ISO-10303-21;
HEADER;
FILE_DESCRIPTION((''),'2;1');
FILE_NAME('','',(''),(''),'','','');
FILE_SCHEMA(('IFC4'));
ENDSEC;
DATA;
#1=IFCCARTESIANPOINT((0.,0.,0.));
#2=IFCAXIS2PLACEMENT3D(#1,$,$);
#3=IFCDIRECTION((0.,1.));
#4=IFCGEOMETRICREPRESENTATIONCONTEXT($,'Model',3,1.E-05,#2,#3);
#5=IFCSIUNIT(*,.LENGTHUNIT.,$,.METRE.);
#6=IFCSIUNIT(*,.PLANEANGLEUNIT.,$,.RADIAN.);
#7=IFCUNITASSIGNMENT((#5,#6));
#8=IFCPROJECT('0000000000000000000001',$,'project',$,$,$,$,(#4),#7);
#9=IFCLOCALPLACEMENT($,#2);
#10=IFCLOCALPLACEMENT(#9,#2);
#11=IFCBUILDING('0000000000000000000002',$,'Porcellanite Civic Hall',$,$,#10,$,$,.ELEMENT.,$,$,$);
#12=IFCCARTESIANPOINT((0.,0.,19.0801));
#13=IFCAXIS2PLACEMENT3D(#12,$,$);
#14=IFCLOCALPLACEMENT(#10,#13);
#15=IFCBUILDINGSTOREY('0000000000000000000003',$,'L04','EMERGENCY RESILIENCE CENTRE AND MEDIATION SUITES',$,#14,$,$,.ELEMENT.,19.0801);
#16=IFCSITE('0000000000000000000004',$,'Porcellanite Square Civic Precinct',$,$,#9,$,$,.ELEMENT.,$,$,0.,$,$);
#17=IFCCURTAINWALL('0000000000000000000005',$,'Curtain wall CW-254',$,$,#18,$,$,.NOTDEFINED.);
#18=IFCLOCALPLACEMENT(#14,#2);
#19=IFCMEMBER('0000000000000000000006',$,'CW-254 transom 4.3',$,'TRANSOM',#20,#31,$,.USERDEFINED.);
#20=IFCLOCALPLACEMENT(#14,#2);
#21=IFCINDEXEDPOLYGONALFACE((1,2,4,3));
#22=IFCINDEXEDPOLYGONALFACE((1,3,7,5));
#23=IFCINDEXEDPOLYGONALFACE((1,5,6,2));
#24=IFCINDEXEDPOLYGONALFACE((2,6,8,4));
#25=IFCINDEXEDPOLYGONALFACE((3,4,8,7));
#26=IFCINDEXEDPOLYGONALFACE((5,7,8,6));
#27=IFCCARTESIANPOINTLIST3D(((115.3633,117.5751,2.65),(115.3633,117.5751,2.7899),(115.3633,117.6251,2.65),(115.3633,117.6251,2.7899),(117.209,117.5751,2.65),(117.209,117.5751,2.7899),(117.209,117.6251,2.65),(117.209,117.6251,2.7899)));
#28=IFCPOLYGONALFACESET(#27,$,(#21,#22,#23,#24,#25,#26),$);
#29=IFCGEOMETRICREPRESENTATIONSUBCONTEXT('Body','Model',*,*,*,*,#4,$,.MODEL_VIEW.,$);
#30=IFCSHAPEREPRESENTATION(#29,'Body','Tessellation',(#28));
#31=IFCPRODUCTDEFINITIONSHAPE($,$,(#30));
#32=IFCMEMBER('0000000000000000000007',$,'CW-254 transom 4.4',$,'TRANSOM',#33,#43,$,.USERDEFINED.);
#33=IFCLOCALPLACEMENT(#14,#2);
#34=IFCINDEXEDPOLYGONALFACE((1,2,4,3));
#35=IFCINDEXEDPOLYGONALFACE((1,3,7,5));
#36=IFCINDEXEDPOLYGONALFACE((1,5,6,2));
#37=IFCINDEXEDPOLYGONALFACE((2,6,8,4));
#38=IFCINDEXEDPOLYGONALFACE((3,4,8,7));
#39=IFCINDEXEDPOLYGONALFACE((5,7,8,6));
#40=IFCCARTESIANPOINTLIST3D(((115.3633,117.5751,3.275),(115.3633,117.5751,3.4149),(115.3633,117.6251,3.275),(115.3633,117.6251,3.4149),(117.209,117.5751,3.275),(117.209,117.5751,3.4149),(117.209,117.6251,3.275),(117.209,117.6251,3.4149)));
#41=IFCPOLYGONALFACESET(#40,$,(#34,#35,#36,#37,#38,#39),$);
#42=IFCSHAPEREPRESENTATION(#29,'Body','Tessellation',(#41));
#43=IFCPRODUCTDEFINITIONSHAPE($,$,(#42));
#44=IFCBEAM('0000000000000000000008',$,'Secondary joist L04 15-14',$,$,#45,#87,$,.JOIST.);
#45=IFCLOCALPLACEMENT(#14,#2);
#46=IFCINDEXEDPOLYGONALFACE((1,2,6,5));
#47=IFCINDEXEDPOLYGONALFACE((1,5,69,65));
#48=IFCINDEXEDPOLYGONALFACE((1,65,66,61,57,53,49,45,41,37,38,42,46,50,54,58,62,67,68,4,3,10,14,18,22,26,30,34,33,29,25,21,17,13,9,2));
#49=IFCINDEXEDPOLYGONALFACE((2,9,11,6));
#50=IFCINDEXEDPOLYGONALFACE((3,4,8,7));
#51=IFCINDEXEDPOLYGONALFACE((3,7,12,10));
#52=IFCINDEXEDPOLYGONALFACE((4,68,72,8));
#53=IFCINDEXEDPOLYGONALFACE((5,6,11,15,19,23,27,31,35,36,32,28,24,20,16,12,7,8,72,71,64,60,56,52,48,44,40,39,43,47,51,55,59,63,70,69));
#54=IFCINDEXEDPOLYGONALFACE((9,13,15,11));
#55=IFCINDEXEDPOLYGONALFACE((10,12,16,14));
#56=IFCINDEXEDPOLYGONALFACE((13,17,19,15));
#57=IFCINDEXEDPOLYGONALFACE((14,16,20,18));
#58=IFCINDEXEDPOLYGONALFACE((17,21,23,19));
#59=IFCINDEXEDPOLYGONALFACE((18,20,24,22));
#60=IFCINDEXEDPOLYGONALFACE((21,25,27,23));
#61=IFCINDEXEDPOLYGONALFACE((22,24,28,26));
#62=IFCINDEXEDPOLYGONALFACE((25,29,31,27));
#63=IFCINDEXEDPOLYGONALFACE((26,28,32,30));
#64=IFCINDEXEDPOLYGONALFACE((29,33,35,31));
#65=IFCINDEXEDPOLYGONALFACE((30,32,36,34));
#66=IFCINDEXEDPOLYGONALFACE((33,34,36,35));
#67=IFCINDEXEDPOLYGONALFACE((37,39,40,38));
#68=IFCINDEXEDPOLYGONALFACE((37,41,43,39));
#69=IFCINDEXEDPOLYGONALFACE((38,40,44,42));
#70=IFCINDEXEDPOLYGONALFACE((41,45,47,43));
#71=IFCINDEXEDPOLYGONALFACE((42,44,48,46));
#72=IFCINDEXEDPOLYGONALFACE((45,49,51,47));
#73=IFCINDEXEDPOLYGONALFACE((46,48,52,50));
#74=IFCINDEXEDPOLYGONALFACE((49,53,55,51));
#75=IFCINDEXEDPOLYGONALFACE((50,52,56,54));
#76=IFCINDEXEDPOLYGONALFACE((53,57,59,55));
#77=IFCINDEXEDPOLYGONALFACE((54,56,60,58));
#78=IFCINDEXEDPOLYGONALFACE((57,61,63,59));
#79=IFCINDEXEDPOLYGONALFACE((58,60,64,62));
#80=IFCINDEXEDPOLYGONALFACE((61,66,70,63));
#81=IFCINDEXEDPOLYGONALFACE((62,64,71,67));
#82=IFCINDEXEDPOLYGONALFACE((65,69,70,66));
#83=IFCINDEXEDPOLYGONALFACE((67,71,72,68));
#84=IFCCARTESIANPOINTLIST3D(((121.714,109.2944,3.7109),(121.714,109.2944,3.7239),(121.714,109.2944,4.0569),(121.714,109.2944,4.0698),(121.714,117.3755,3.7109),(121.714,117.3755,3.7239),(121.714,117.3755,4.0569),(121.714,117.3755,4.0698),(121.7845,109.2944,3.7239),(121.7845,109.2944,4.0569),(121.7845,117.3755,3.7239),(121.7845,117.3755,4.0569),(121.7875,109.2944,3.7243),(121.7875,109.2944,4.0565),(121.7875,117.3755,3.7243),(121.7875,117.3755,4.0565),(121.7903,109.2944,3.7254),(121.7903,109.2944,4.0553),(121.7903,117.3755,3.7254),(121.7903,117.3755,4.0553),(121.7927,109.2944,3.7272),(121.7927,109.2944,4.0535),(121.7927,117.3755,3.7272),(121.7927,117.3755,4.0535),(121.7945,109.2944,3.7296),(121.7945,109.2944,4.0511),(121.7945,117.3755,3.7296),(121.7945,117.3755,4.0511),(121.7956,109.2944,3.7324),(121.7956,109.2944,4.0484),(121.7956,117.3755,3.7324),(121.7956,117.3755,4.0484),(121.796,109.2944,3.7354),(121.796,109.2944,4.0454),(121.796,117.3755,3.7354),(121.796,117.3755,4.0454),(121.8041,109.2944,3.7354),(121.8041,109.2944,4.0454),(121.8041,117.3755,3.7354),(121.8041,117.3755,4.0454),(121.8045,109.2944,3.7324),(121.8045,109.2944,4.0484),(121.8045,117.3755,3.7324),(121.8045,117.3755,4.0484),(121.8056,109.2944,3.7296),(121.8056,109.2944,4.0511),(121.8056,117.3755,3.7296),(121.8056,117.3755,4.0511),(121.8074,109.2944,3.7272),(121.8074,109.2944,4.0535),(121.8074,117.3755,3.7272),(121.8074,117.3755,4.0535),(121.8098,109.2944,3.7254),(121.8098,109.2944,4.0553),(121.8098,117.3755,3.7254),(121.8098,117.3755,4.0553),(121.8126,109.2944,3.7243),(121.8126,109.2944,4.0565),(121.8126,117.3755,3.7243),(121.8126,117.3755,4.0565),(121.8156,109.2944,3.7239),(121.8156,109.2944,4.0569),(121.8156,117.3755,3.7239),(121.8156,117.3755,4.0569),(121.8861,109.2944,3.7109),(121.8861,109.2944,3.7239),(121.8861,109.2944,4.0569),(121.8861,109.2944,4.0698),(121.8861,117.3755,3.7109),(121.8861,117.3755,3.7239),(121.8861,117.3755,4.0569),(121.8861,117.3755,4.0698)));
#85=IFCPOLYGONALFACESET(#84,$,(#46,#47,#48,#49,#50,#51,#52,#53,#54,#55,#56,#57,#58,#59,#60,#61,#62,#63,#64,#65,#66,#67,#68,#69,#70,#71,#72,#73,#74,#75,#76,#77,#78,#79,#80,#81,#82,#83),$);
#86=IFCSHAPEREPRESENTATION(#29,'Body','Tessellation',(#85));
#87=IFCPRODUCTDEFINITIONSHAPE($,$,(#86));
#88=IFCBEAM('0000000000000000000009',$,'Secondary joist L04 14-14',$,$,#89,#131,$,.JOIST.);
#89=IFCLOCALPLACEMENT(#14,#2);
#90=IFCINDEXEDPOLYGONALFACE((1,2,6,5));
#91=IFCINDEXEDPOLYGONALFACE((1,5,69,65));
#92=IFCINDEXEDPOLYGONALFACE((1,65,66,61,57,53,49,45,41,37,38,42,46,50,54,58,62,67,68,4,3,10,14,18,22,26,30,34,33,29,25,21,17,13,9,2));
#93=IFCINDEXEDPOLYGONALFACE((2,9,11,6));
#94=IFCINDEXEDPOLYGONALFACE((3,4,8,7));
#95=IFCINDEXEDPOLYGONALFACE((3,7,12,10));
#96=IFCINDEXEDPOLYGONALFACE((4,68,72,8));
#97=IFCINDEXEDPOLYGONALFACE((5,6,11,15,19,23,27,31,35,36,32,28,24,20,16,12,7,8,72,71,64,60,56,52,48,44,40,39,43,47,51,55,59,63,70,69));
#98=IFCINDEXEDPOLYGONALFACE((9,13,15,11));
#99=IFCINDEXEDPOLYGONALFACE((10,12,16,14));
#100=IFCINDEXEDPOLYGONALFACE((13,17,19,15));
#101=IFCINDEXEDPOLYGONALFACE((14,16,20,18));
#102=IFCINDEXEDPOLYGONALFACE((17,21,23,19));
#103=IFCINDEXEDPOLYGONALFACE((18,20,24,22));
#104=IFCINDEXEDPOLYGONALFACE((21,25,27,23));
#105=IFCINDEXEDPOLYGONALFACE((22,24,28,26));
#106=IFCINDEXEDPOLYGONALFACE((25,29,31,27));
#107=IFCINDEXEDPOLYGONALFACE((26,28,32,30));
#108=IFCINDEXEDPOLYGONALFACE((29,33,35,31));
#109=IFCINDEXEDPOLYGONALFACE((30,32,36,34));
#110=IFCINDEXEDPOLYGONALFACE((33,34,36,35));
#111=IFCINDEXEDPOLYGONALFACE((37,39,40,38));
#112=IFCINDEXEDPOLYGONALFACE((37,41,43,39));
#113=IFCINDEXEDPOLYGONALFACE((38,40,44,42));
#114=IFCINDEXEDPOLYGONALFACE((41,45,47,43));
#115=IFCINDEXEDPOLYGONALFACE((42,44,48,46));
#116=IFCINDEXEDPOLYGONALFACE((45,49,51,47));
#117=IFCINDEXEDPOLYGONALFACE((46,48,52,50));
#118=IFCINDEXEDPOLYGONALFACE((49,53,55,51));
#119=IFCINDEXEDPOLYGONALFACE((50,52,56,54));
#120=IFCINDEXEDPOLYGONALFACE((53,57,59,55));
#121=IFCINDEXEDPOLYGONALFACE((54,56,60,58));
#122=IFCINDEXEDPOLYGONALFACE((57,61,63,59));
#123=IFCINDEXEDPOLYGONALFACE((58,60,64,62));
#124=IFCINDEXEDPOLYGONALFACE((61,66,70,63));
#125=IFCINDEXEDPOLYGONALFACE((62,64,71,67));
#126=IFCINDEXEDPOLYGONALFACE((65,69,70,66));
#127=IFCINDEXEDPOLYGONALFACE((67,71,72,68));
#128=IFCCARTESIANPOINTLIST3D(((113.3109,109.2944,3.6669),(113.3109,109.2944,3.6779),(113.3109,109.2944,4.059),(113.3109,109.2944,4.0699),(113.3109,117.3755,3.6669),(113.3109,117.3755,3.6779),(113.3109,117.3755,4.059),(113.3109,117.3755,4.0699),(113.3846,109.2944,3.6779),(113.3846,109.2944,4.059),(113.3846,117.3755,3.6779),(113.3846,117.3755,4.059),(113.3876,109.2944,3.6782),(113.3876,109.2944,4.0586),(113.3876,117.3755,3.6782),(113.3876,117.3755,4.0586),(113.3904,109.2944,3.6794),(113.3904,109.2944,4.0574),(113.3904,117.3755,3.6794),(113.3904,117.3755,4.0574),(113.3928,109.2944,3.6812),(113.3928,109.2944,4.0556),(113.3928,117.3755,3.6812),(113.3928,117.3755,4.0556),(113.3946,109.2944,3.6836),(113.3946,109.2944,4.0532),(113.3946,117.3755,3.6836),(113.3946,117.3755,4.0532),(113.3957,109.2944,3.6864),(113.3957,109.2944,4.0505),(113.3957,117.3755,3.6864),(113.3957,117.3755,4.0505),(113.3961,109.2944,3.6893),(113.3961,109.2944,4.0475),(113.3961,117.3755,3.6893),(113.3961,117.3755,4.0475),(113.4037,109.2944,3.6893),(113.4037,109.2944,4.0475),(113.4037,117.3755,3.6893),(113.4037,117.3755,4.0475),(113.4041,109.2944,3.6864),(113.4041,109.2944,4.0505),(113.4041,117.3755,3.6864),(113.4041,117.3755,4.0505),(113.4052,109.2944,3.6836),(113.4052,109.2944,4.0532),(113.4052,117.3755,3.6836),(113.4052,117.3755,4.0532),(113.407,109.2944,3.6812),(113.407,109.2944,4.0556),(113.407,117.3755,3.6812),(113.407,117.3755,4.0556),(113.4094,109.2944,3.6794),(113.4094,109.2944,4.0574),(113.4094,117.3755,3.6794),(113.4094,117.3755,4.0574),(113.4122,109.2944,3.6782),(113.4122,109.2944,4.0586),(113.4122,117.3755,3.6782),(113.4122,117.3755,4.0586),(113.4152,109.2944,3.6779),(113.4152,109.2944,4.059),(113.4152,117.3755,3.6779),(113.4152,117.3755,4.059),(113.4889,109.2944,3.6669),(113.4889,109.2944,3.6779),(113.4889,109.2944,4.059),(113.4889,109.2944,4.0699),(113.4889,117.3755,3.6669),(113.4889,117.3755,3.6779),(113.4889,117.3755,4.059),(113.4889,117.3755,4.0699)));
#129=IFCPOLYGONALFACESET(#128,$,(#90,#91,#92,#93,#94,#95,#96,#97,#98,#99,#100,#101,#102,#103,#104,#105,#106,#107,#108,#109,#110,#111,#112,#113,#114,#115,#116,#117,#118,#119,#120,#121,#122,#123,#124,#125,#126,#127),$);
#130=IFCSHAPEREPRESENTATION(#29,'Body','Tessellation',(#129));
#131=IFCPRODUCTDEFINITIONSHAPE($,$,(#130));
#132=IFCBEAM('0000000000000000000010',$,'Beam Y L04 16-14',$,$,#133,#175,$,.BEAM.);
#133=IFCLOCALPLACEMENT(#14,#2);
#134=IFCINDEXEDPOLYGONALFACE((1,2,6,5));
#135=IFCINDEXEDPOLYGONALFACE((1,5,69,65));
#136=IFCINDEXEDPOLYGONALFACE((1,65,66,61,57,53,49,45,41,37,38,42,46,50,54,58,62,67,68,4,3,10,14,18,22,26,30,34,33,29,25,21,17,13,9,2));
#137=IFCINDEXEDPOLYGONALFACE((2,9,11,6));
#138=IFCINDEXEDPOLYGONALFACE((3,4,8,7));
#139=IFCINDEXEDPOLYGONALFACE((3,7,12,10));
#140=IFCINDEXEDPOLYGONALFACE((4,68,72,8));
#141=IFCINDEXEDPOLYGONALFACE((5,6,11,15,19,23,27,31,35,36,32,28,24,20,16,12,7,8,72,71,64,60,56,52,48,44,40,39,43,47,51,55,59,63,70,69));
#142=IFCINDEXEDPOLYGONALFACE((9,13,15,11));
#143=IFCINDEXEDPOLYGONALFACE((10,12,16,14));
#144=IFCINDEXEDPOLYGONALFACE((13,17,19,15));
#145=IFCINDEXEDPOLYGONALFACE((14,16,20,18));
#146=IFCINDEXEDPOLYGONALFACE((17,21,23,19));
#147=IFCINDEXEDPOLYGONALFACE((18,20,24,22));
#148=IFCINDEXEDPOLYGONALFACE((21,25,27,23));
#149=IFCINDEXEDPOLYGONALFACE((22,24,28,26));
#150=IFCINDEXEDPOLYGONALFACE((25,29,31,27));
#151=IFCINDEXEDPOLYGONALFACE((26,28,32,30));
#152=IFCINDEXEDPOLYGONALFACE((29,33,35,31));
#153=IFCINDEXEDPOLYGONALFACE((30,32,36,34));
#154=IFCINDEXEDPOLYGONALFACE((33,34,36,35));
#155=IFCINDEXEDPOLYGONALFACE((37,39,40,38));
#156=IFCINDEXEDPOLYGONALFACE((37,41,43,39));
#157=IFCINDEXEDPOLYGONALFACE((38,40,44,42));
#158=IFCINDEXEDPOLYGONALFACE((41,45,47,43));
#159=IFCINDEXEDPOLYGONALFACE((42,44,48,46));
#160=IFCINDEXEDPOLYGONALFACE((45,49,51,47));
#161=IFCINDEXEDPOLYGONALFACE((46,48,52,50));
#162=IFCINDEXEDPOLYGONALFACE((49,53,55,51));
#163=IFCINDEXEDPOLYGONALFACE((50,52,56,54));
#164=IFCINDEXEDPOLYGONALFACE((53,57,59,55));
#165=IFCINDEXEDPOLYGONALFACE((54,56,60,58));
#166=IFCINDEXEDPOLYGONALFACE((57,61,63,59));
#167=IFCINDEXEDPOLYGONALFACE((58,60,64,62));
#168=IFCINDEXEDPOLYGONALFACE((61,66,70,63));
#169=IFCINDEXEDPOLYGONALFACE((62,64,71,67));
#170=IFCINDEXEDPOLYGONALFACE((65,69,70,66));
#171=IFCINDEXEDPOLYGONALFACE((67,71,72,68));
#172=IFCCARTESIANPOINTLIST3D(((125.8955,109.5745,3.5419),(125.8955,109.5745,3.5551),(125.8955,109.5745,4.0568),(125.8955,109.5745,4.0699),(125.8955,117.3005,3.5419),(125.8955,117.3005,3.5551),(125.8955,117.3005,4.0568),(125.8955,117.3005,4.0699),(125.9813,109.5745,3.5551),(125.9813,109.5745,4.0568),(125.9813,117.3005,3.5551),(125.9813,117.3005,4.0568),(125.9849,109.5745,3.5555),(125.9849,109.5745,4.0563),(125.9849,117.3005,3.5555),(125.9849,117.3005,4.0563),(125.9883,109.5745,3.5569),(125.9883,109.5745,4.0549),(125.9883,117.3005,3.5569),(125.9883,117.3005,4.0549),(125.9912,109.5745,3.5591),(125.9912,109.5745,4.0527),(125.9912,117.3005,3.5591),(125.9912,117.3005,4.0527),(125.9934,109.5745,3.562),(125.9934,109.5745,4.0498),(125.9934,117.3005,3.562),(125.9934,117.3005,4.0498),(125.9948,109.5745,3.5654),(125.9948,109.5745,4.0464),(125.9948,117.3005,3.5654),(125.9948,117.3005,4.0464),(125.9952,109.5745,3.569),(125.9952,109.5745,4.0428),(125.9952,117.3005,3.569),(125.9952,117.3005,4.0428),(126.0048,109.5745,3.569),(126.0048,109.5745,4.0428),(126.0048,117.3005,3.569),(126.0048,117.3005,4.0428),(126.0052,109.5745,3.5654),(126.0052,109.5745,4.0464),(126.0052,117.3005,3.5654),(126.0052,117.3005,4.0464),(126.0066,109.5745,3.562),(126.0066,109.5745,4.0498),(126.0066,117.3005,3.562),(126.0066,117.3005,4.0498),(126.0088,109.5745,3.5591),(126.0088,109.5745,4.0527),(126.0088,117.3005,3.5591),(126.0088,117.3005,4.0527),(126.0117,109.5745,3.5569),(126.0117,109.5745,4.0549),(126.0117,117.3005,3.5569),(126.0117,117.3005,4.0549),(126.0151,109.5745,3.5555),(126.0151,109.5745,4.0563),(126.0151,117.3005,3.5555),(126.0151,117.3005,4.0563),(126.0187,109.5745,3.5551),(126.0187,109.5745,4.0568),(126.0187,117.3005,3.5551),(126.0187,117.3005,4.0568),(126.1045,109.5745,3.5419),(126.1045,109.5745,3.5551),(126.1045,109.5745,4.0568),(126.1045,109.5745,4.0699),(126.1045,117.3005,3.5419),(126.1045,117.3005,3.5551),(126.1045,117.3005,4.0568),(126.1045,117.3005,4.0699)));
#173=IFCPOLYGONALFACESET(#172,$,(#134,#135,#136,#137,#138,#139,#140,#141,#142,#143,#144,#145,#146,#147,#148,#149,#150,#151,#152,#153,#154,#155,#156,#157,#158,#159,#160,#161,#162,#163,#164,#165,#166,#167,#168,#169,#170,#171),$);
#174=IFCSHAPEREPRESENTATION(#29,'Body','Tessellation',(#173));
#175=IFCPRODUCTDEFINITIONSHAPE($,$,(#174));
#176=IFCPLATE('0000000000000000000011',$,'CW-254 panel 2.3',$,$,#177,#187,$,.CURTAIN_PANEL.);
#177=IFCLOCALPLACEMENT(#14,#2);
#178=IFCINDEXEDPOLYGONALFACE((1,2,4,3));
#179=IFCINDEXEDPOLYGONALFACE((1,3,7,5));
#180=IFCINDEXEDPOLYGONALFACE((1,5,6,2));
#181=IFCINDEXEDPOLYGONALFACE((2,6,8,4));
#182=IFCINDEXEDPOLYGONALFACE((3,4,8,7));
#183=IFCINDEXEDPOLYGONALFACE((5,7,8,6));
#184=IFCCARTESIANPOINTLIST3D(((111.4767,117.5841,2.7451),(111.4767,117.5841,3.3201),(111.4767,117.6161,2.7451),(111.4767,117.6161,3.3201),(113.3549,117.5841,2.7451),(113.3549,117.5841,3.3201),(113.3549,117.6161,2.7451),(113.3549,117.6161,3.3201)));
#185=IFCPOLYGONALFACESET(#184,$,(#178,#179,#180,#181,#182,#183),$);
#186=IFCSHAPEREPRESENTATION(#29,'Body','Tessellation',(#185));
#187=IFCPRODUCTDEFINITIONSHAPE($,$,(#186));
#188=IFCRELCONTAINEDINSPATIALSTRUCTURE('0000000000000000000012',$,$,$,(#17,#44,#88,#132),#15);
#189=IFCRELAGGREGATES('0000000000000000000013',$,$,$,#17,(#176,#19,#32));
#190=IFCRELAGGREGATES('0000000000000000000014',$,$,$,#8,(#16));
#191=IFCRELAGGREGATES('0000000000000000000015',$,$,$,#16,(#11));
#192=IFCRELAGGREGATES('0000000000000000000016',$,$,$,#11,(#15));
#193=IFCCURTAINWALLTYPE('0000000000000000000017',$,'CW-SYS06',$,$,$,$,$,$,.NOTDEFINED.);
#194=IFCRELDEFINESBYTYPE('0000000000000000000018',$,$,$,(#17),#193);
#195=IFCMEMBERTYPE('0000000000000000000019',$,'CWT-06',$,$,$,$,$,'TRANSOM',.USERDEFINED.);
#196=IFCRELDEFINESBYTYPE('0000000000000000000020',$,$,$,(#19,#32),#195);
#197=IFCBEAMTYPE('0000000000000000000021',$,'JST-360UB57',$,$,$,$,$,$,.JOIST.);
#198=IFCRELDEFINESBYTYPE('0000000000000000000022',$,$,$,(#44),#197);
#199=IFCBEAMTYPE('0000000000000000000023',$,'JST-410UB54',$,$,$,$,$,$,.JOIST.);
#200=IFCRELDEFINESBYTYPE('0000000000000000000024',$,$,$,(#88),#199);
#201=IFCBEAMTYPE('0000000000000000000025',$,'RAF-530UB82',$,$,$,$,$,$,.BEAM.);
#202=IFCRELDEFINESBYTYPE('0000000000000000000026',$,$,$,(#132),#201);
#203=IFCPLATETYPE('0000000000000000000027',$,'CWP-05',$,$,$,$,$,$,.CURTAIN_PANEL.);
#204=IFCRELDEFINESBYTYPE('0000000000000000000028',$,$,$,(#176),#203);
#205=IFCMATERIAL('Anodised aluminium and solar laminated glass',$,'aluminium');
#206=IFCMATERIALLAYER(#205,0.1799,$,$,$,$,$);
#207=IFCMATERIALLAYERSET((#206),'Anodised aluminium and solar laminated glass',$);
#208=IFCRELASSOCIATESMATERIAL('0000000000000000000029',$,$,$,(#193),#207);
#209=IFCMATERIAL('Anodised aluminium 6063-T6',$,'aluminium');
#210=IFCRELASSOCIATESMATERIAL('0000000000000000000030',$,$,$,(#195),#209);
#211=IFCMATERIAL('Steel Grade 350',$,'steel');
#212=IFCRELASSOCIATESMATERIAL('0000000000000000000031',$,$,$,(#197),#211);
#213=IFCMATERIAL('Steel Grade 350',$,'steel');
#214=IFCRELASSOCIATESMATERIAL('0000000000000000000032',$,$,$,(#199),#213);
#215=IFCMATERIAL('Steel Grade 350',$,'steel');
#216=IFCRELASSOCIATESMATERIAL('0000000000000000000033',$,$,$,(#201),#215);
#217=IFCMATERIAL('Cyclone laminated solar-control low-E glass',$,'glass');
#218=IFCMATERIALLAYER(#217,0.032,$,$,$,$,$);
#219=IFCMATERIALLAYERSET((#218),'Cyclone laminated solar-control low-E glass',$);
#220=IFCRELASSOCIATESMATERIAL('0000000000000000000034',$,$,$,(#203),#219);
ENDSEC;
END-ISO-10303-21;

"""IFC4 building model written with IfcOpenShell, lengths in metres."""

from ifc_helpers import new_model, si_unit, direction, frame, origin, origin_2d, place, context, subcontext, project, spatial, rectangle, i_section, extrude, material, layer, layer_set, material_profile, profile_set, type_object, element, aggregate, save


model = new_model("IFC4")

# Units and contexts
model_context = context("Model", 3, precision=1e-05, world=origin(), true_north=direction((0.0, 1.0)))
body_context = subcontext(model_context, "Body", "Model", "MODEL_VIEW")
ifc_project = project(units=[si_unit("LENGTHUNIT", "METRE"), si_unit("PLANEANGLEUNIT", "RADIAN")], contexts=[model_context])

# Site, building, storey
site_placement = place(None, origin())
site = spatial("IfcSite", under=ifc_project, at=site_placement, Name="Porcellanite Square Civic Precinct", CompositionType="ELEMENT", RefElevation=0.0)
building_placement = place(site_placement, origin())
building = spatial("IfcBuilding", under=site, at=building_placement, Name="Porcellanite Civic Hall", CompositionType="ELEMENT")
storey_placement = place(building_placement, frame((0.0, 0.0, 19.0801)))
storey = spatial("IfcBuildingStorey", under=building, at=storey_placement, Name="L04", Description="EMERGENCY RESILIENCE CENTRE AND MEDIATION SUITES", CompositionType="ELEMENT", Elevation=19.0801)

# Curtain wall, members
ifc_material_1 = material(Name="Anodised aluminium and solar laminated glass", Category="aluminium")
ifc_layer_1 = layer(ifc_material_1, 0.1799)
ifc_layer_set_1 = layer_set([ifc_layer_1], Name="Anodised aluminium and solar laminated glass")
curtain_wall_type = type_object("IfcCurtainWallType", Name="CW-SYS06", PredefinedType="NOTDEFINED", material=ifc_layer_set_1)
curtain_wall_placement = place(storey_placement, origin())
curtain_wall = element("IfcCurtainWall", 1, at=curtain_wall_placement, inside=storey, type_object=curtain_wall_type, Name="Curtain wall CW-254", PredefinedType="NOTDEFINED")
ifc_material_2 = material(Name="Anodised aluminium 6063-T6", Category="aluminium")
ifc_material_profile_1 = material_profile(ifc_material_2, rectangle(XDim=0.05, YDim=0.1399, at=origin_2d()), Name="AL-50x140")
ifc_profile_set_1 = profile_set([ifc_material_profile_1], Name="Anodised aluminium 6063-T6")
member_type_1 = type_object("IfcMemberType", Name="CWT-06", ElementType="TRANSOM", PredefinedType="USERDEFINED", material=ifc_profile_set_1)
member_1_placement = place(storey_placement, frame((115.3633, 117.6001, 2.72), z_axis=(1.0, 0.0, 0.0), x_axis=(0.0, 1.0, 0.0)))
member_1 = element("IfcMember", 2, at=member_1_placement, type_object=member_type_1, Name="CW-254 transom 4.3", ObjectType="TRANSOM", PredefinedType="USERDEFINED", context=body_context, shape_type="SweptSolid", body=[
    extrude(rectangle(XDim=0.05, YDim=0.1399, at=origin_2d()), origin(), (0.0, 0.0, 1.0), 1.8457),
])
member_2_placement = place(storey_placement, frame((115.3633, 117.6001, 3.345), z_axis=(1.0, 0.0, 0.0), x_axis=(0.0, 1.0, 0.0)))
member_2 = element("IfcMember", 3, at=member_2_placement, type_object=member_type_1, Name="CW-254 transom 4.4", ObjectType="TRANSOM", PredefinedType="USERDEFINED", context=body_context, shape_type="SweptSolid", body=[
    extrude(rectangle(XDim=0.05, YDim=0.1399, at=origin_2d()), origin(), (0.0, 0.0, 1.0), 1.8457),
])

# Beams
ifc_material_3 = material(Name="Steel Grade 350", Category="steel")
ifc_material_profile_2 = material_profile(ifc_material_3, i_section(OverallWidth=0.1721, OverallDepth=0.3589, WebThickness=0.0081, FlangeThickness=0.0129, FilletRadius=0.0115, at=origin_2d()), Name="360UB56.7")
ifc_profile_set_2 = profile_set([ifc_material_profile_2], Name="Steel Grade 350")
beam_type_1 = type_object("IfcBeamType", Name="JST-360UB57", PredefinedType="JOIST", material=ifc_profile_set_2)
beam_1_placement = place(storey_placement, frame((121.8, 109.2944, 3.8904), z_axis=(0.0, 1.0, 0.0), x_axis=(-1.0, 0.0, 0.0)))
element("IfcBeam", 4, at=beam_1_placement, inside=storey, type_object=beam_type_1, Name="Secondary joist L04 15-14", PredefinedType="JOIST", context=body_context, shape_type="SweptSolid", body=[
    extrude(i_section(OverallWidth=0.1721, OverallDepth=0.3589, WebThickness=0.0081, FlangeThickness=0.0129, FilletRadius=0.0115, at=origin_2d()), origin(), (0.0, 0.0, 1.0), 8.0811),
])
ifc_material_4 = material(Name="Steel Grade 350", Category="steel")
ifc_material_profile_3 = material_profile(ifc_material_4, i_section(OverallWidth=0.178, OverallDepth=0.4031, WebThickness=0.0076, FlangeThickness=0.011, FilletRadius=0.0115, at=origin_2d()), Name="410UB53.7")
ifc_profile_set_3 = profile_set([ifc_material_profile_3], Name="Steel Grade 350")
beam_type_2 = type_object("IfcBeamType", Name="JST-410UB54", PredefinedType="JOIST", material=ifc_profile_set_3)
beam_2_placement = place(storey_placement, frame((113.3999, 109.2944, 3.8684), z_axis=(0.0, 1.0, 0.0), x_axis=(-1.0, 0.0, 0.0)))
element("IfcBeam", 5, at=beam_2_placement, inside=storey, type_object=beam_type_2, Name="Secondary joist L04 14-14", PredefinedType="JOIST", context=body_context, shape_type="SweptSolid", body=[
    extrude(i_section(OverallWidth=0.178, OverallDepth=0.4031, WebThickness=0.0076, FlangeThickness=0.011, FilletRadius=0.0115, at=origin_2d()), origin(), (0.0, 0.0, 1.0), 8.0811),
])
ifc_material_5 = material(Name="Steel Grade 350", Category="steel")
ifc_material_profile_4 = material_profile(ifc_material_5, i_section(OverallWidth=0.209, OverallDepth=0.5281, WebThickness=0.0095, FlangeThickness=0.0132, FilletRadius=0.0139, at=origin_2d()), Name="530UB82.0")
ifc_profile_set_4 = profile_set([ifc_material_profile_4], Name="Steel Grade 350")
beam_type_3 = type_object("IfcBeamType", Name="RAF-530UB82", PredefinedType="BEAM", material=ifc_profile_set_4)
beam_3_placement = place(storey_placement, frame((126.0, 109.5745, 3.8059), z_axis=(0.0, 1.0, 0.0), x_axis=(-1.0, 0.0, 0.0)))
element("IfcBeam", 6, at=beam_3_placement, inside=storey, type_object=beam_type_3, Name="Beam Y L04 16-14", PredefinedType="BEAM", context=body_context, shape_type="SweptSolid", body=[
    extrude(i_section(OverallWidth=0.209, OverallDepth=0.5281, WebThickness=0.0095, FlangeThickness=0.0132, FilletRadius=0.0139, at=origin_2d()), origin(), (0.0, 0.0, 1.0), 7.7261),
])

# Plate
ifc_material_6 = material(Name="Cyclone laminated solar-control low-E glass", Category="glass")
ifc_layer_2 = layer(ifc_material_6, 0.032)
ifc_layer_set_2 = layer_set([ifc_layer_2], Name="Cyclone laminated solar-control low-E glass")
plate_type = type_object("IfcPlateType", Name="CWP-05", PredefinedType="CURTAIN_PANEL", material=ifc_layer_set_2)
plate_1_placement = place(storey_placement, frame((112.4158, 117.6001, 2.7451), z_axis=(0.0, 0.0, 1.0), x_axis=(1.0, 0.0, 0.0)))
plate_1 = element("IfcPlate", 7, at=plate_1_placement, type_object=plate_type, Name="CW-254 panel 2.3", PredefinedType="CURTAIN_PANEL", context=body_context, shape_type="SweptSolid", body=[
    extrude(rectangle(XDim=1.8782, YDim=0.032, at=origin_2d()), origin(), (0.0, 0.0, 1.0), 0.575),
])
aggregate(curtain_wall, [plate_1, member_1, member_2])

save(model, "model.ifc")
